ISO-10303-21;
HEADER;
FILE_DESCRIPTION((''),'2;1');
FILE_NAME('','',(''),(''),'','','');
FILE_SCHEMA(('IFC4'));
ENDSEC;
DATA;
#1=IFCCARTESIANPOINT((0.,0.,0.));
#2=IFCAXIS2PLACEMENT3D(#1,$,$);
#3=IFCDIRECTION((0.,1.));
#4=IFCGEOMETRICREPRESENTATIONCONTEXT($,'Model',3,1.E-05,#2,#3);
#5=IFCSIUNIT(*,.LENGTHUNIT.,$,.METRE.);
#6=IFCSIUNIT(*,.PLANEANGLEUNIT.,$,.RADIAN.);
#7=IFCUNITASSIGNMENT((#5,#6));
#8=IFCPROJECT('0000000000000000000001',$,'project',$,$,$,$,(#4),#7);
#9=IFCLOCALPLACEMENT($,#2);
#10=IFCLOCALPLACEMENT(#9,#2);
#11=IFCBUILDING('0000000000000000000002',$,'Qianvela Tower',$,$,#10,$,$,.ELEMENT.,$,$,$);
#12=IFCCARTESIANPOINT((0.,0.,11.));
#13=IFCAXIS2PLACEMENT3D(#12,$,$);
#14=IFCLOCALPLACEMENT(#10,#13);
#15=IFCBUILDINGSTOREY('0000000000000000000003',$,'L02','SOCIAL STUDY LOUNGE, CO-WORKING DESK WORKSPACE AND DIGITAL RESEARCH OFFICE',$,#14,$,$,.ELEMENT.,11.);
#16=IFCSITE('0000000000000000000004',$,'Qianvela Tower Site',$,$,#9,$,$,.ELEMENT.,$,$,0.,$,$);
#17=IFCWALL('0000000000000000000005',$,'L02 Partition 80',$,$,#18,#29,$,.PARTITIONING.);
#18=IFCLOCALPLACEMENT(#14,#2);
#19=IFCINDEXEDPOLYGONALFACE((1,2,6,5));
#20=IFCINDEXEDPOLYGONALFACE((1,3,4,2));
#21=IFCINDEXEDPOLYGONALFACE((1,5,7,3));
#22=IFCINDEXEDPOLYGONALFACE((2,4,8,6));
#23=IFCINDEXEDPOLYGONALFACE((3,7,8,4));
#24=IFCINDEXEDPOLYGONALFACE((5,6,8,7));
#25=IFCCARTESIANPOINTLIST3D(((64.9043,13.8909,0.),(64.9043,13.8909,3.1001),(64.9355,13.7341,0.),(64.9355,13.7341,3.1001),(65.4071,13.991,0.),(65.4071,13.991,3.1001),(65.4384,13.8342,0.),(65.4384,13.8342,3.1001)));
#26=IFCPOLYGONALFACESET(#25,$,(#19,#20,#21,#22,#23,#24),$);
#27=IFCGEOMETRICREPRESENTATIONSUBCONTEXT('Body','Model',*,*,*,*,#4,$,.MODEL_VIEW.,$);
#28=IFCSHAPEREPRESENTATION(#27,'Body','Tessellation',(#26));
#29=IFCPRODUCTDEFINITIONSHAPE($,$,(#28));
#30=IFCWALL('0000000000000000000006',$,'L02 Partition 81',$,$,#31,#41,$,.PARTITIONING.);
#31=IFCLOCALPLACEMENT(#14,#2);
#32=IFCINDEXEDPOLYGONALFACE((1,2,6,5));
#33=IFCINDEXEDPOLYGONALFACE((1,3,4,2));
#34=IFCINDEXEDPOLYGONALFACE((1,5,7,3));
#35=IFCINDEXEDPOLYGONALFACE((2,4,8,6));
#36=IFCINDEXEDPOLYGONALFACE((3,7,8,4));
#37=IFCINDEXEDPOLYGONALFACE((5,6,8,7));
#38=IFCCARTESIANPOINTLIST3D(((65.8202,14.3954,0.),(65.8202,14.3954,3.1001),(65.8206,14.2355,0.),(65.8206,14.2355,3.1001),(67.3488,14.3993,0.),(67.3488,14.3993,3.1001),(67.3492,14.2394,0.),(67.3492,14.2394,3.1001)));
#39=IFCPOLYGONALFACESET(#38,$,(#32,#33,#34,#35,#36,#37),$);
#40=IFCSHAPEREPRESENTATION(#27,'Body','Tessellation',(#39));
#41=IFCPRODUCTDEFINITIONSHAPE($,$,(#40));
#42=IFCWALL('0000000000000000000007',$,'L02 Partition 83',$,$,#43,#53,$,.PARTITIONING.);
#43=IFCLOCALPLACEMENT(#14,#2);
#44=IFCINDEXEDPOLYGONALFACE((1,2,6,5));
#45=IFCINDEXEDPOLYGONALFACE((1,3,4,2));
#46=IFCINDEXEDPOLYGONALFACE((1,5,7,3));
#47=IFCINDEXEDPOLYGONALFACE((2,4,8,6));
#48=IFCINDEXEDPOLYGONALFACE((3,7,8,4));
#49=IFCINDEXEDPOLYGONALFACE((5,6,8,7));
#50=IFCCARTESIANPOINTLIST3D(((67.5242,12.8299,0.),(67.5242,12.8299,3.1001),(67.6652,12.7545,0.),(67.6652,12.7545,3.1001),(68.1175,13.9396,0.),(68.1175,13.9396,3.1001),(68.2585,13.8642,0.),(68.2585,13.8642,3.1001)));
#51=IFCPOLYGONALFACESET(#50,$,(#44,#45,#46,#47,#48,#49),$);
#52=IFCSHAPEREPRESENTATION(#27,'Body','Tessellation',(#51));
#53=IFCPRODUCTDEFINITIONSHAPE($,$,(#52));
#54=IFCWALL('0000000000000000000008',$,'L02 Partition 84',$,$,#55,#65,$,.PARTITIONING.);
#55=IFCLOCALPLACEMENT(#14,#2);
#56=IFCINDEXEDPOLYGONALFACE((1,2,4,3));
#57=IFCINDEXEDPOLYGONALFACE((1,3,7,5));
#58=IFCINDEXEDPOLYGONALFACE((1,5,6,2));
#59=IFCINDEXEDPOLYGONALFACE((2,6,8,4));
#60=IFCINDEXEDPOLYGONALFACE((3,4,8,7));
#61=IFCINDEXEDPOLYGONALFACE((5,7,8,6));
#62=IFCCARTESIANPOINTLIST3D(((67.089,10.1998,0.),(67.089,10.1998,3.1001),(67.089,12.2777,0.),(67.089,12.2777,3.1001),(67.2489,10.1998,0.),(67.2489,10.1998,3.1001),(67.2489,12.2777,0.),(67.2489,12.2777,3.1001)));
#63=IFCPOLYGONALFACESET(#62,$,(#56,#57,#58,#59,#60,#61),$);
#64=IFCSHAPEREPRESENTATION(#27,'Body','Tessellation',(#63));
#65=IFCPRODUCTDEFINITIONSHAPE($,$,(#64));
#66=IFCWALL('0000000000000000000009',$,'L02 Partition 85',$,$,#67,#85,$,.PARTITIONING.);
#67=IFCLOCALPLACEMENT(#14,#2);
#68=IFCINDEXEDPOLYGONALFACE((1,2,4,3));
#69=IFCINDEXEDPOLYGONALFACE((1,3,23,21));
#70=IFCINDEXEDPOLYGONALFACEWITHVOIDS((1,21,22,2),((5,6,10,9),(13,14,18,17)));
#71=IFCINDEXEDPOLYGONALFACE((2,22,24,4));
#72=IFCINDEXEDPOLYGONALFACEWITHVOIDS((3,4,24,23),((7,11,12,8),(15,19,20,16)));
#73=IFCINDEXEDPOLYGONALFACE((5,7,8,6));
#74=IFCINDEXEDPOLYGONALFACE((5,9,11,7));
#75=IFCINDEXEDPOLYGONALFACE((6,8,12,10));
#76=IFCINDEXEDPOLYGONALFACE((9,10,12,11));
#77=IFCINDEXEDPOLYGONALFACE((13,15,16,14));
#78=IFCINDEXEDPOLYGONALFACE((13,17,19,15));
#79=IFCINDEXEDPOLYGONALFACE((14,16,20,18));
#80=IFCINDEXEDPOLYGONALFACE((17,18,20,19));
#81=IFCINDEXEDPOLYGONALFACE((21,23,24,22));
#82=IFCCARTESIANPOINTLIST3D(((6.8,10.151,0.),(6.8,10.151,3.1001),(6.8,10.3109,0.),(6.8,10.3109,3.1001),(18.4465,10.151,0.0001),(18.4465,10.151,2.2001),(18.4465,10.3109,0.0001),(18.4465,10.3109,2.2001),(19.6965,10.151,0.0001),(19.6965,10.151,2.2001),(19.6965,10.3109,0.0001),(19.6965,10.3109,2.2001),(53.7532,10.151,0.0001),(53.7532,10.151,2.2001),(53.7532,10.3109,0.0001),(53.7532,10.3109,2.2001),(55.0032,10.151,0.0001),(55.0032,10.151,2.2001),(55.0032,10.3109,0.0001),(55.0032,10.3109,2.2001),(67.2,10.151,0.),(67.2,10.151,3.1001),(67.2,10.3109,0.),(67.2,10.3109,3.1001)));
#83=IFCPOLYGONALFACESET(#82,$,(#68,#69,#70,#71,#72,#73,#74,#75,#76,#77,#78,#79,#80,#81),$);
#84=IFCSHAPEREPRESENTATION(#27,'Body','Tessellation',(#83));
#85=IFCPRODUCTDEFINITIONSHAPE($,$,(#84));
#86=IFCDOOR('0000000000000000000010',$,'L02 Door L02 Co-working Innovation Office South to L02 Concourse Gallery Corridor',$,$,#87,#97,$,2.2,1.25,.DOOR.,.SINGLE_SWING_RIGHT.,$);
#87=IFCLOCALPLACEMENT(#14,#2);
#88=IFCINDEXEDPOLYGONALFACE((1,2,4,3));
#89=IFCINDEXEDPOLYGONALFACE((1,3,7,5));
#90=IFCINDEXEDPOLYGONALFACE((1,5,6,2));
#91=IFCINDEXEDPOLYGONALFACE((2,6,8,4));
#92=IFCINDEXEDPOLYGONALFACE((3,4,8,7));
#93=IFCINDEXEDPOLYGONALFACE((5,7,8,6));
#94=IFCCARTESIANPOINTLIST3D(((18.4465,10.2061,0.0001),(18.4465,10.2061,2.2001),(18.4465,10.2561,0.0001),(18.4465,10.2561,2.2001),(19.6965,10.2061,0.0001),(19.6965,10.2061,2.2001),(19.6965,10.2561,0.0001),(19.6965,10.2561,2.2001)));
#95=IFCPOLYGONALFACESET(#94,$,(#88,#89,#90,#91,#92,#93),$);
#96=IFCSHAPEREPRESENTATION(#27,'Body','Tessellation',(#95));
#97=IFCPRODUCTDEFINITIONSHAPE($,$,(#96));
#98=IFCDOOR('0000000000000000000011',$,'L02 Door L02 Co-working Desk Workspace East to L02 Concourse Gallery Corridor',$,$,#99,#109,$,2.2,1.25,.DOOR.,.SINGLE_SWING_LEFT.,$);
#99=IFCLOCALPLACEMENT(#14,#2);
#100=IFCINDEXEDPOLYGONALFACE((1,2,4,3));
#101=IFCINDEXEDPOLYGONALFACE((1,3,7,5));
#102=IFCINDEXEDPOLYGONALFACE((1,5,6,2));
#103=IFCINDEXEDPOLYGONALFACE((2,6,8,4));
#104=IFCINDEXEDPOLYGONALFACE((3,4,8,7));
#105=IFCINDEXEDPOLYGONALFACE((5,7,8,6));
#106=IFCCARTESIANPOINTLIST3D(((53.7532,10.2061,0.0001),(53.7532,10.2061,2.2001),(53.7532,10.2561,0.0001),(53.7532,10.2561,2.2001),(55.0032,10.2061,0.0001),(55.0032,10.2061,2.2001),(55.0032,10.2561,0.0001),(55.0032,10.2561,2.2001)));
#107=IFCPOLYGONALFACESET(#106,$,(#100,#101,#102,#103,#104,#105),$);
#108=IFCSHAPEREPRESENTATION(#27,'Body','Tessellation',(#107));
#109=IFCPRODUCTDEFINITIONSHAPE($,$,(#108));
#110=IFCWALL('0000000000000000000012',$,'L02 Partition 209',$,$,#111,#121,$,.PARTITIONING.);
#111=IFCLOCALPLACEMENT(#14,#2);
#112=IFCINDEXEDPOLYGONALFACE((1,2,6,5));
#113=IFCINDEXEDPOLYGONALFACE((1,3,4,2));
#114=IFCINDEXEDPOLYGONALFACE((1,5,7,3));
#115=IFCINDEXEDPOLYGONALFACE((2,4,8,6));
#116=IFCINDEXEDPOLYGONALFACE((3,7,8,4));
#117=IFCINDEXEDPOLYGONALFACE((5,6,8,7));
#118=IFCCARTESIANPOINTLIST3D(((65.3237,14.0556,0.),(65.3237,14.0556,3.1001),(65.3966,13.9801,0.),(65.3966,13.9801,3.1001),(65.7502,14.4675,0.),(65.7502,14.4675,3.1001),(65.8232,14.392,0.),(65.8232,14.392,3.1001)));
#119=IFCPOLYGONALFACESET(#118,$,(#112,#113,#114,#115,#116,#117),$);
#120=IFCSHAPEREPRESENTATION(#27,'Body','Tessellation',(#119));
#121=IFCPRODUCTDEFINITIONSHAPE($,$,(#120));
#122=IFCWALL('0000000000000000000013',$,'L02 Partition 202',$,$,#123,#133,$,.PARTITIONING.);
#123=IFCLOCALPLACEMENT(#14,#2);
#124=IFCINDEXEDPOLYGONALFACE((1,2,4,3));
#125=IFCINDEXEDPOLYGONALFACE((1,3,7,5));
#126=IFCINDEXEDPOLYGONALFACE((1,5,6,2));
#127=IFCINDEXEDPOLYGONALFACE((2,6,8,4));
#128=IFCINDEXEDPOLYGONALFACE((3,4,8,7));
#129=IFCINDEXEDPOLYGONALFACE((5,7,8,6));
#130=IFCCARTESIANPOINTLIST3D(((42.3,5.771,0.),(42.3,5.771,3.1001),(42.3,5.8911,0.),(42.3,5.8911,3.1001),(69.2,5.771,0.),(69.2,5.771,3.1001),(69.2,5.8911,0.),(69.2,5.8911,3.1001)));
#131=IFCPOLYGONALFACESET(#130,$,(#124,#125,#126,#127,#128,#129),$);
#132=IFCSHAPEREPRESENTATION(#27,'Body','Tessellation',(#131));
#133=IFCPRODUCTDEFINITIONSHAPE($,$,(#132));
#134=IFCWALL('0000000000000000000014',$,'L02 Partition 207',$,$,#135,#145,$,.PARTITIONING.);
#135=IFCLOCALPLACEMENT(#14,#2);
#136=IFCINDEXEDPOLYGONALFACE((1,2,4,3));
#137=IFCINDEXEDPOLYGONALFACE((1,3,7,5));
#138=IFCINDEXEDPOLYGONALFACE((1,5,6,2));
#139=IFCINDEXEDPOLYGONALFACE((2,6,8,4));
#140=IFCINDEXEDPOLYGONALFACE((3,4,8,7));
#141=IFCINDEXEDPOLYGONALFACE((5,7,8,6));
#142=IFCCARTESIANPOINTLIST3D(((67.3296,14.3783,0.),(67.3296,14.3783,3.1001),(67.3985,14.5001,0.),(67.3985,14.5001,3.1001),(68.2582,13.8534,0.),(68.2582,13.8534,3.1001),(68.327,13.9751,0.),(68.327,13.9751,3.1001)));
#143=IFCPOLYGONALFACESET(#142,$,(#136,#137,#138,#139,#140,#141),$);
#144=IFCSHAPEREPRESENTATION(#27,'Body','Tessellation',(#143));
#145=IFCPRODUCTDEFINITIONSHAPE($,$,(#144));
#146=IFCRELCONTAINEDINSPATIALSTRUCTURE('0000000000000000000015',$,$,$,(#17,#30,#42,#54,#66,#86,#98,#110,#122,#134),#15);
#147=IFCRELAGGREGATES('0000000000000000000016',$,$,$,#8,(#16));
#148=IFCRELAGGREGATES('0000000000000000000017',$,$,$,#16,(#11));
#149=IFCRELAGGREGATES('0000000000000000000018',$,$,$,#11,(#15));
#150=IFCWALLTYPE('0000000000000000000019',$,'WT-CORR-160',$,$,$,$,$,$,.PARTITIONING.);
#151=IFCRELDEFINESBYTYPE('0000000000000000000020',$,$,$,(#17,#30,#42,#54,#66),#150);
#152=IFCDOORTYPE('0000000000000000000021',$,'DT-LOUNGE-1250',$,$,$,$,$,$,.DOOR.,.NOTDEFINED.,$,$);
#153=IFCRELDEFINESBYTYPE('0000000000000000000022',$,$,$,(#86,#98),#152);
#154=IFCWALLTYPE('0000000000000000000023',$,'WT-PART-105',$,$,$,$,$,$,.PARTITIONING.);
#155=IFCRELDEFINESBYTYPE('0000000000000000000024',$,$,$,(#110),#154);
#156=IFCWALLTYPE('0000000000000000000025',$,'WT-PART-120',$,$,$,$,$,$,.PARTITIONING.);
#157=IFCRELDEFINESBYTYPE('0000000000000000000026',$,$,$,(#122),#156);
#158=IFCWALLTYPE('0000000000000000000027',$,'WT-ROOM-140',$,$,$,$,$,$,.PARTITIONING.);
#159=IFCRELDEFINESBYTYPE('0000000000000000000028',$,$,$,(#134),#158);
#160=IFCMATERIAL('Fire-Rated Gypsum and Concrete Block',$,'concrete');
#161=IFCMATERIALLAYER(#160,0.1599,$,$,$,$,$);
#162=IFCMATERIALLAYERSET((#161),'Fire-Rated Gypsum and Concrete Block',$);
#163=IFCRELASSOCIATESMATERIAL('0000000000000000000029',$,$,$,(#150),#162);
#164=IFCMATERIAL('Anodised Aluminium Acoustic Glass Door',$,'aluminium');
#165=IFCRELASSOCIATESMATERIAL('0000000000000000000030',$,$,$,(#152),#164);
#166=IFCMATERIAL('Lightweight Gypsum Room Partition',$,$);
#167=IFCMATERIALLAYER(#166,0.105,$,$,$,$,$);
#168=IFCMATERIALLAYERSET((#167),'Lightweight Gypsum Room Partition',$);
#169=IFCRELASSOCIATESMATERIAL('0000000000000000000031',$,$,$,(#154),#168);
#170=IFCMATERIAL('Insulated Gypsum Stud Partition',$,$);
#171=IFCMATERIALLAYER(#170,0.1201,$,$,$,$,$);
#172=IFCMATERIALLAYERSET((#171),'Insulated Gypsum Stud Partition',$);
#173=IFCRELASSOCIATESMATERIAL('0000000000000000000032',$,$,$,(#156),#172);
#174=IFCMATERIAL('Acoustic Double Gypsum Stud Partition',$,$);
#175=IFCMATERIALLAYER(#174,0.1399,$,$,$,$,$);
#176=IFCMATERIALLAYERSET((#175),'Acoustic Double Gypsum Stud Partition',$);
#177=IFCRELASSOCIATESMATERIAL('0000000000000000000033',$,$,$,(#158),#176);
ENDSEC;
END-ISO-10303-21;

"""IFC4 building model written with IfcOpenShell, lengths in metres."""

from ifc_helpers import new_model, si_unit, direction, frame, frame_2d, origin, place, context, subcontext, project, spatial, rectangle, extrude, material, layer, layer_set, type_object, element, fill, save


model = new_model("IFC4")

# Units and contexts
model_context = context("Model", 3, precision=1e-05, world=origin(), true_north=direction((0.0, 1.0)))
body_context = subcontext(model_context, "Body", "Model", "MODEL_VIEW")
ifc_project = project(units=[si_unit("LENGTHUNIT", "METRE"), si_unit("PLANEANGLEUNIT", "RADIAN")], contexts=[model_context])

# Site, building, storey
site_placement = place(None, origin())
site = spatial("IfcSite", under=ifc_project, at=site_placement, Name="Qianvela Tower Site", CompositionType="ELEMENT", RefElevation=0.0)
building_placement = place(site_placement, origin())
building = spatial("IfcBuilding", under=site, at=building_placement, Name="Qianvela Tower", CompositionType="ELEMENT")
storey_placement = place(building_placement, frame((0.0, 0.0, 11.0)))
storey = spatial("IfcBuildingStorey", under=building, at=storey_placement, Name="L02", Description="SOCIAL STUDY LOUNGE, CO-WORKING DESK WORKSPACE AND DIGITAL RESEARCH OFFICE", CompositionType="ELEMENT", Elevation=11.0)

# Walls
ifc_material_1 = material(Name="Fire-Rated Gypsum and Concrete Block", Category="concrete")
ifc_layer_1 = layer(ifc_material_1, 0.1599)
ifc_layer_set_1 = layer_set([ifc_layer_1], Name="Fire-Rated Gypsum and Concrete Block")
wall_type_1 = type_object("IfcWallType", Name="WT-CORR-160", PredefinedType="PARTITIONING", material=ifc_layer_set_1)
wall_1_placement = place(storey_placement, frame((64.9199, 13.8125, 0.0), z_axis=(0.0, 0.0, 1.0), x_axis=(0.980763, 0.1952, 0.0)))
element("IfcWall", 1, at=wall_1_placement, inside=storey, type_object=wall_type_1, Name="L02 Partition 80", PredefinedType="PARTITIONING", context=body_context, shape_type="SweptSolid", body=[
    extrude(rectangle(XDim=0.5127, YDim=0.1599, at=frame_2d((0.2563, 0.0))), origin(), (0.0, 0.0, 1.0), 3.1001),
])
wall_2_placement = place(storey_placement, frame((65.8206, 14.3154, 0.0), z_axis=(0.0, 0.0, 1.0), x_axis=(0.999997, 0.002555, 0.0)))
element("IfcWall", 2, at=wall_2_placement, inside=storey, type_object=wall_type_1, Name="L02 Partition 81", PredefinedType="PARTITIONING", context=body_context, shape_type="SweptSolid", body=[
    extrude(rectangle(XDim=1.5286, YDim=0.1599, at=frame_2d((0.7642, 0.0))), origin(), (0.0, 0.0, 1.0), 3.1001),
])
wall_3_placement = place(storey_placement, frame((68.188, 13.9019, 0.0), z_axis=(0.0, 0.0, 1.0), x_axis=(-0.471494, -0.881869, 0.0)))
element("IfcWall", 3, at=wall_3_placement, inside=storey, type_object=wall_type_1, Name="L02 Partition 83", PredefinedType="PARTITIONING", context=body_context, shape_type="SweptSolid", body=[
    extrude(rectangle(XDim=1.2583, YDim=0.1599, at=frame_2d((0.6292, 0.0))), origin(), (0.0, 0.0, 1.0), 3.1001),
])
wall_4_placement = place(storey_placement, frame((67.1689, 12.2778, 0.0), z_axis=(0.0, 0.0, 1.0), x_axis=(0.0, -1.0, 0.0)))
element("IfcWall", 4, at=wall_4_placement, inside=storey, type_object=wall_type_1, Name="L02 Partition 84", PredefinedType="PARTITIONING", context=body_context, shape_type="SweptSolid", body=[
    extrude(rectangle(XDim=2.0779, YDim=0.1599, at=frame_2d((1.0391, 0.0))), origin(), (0.0, 0.0, 1.0), 3.1001),
])

# Wall, openings, doors
wall_5_placement = place(storey_placement, frame((67.2, 10.231, 0.0), z_axis=(0.0, 0.0, 1.0), x_axis=(-1.0, 0.0, 0.0)))
wall_5 = element("IfcWall", 5, at=wall_5_placement, inside=storey, type_object=wall_type_1, Name="L02 Partition 85", PredefinedType="PARTITIONING", context=body_context, shape_type="SweptSolid", body=[
    extrude(rectangle(XDim=60.3999, YDim=0.1599, at=frame_2d((30.2, 0.0))), origin(), (0.0, 0.0, 1.0), 3.1001),
])
opening_1_placement = place(wall_5_placement, frame((47.5034, 0.0, 0.0)))
opening_1 = element("IfcOpeningElement", 6, at=opening_1_placement, cuts=wall_5, PredefinedType="OPENING", context=body_context, shape_type="SweptSolid", body=[
    extrude(rectangle(XDim=1.25, YDim=2.2, at=frame_2d((0.625, 1.1001))), frame((0.0, 0.0898, 0.0), z_axis=(0.0, -1.0, 0.0), x_axis=(1.0, 0.0, 0.0)), (0.0, 0.0, 1.0), 0.1799),
])
opening_2_placement = place(wall_5_placement, frame((12.1968, 0.0, 0.0)))
opening_2 = element("IfcOpeningElement", 7, at=opening_2_placement, cuts=wall_5, PredefinedType="OPENING", context=body_context, shape_type="SweptSolid", body=[
    extrude(rectangle(XDim=1.25, YDim=2.2, at=frame_2d((0.625, 1.1001))), frame((0.0, 0.0898, 0.0), z_axis=(0.0, -1.0, 0.0), x_axis=(1.0, 0.0, 0.0)), (0.0, 0.0, 1.0), 0.1799),
])
ifc_material_2 = material(Name="Anodised Aluminium Acoustic Glass Door", Category="aluminium")
door_type = type_object("IfcDoorType", Name="DT-LOUNGE-1250", OperationType="NOTDEFINED", PredefinedType="DOOR", material=ifc_material_2)
door_1_placement = place(opening_1_placement, origin())
door_1 = element("IfcDoor", 8, at=door_1_placement, inside=storey, type_object=door_type, Name="L02 Door L02 Co-working Innovation Office South to L02 Concourse Gallery Corridor", OperationType="SINGLE_SWING_RIGHT", OverallHeight=2.2, OverallWidth=1.25, PredefinedType="DOOR", context=body_context, shape_type="SweptSolid", body=[
    extrude(rectangle(XDim=1.25, YDim=2.2, at=frame_2d((0.625, 1.1001))), frame((0.0, 0.0249, 0.0), z_axis=(0.0, -1.0, 0.0), x_axis=(1.0, 0.0, 0.0)), (0.0, 0.0, 1.0), 0.05),
])
fill(opening_1, door_1)
door_2_placement = place(opening_2_placement, origin())
door_2 = element("IfcDoor", 9, at=door_2_placement, inside=storey, type_object=door_type, Name="L02 Door L02 Co-working Desk Workspace East to L02 Concourse Gallery Corridor", OperationType="SINGLE_SWING_LEFT", OverallHeight=2.2, OverallWidth=1.25, PredefinedType="DOOR", context=body_context, shape_type="SweptSolid", body=[
    extrude(rectangle(XDim=1.25, YDim=2.2, at=frame_2d((0.625, 1.1001))), frame((0.0, 0.0249, 0.0), z_axis=(0.0, -1.0, 0.0), x_axis=(1.0, 0.0, 0.0)), (0.0, 0.0, 1.0), 0.05),
])
fill(opening_2, door_2)

# Walls
ifc_material_3 = material(Name="Lightweight Gypsum Room Partition")
ifc_layer_2 = layer(ifc_material_3, 0.105)
ifc_layer_set_2 = layer_set([ifc_layer_2], Name="Lightweight Gypsum Room Partition")
wall_type_2 = type_object("IfcWallType", Name="WT-PART-105", PredefinedType="PARTITIONING", material=ifc_layer_set_2)
wall_6_placement = place(storey_placement, frame((65.7866, 14.4297, 0.0), z_axis=(0.0, 0.0, 1.0), x_axis=(-0.719352, -0.694646, 0.0)))
element("IfcWall", 10, at=wall_6_placement, inside=storey, type_object=wall_type_2, Name="L02 Partition 209", PredefinedType="PARTITIONING", context=body_context, shape_type="SweptSolid", body=[
    extrude(rectangle(XDim=0.593, YDim=0.105, at=frame_2d((0.2964, 0.0))), origin(), (0.0, 0.0, 1.0), 3.1001),
])
ifc_material_4 = material(Name="Insulated Gypsum Stud Partition")
ifc_layer_3 = layer(ifc_material_4, 0.1201)
ifc_layer_set_3 = layer_set([ifc_layer_3], Name="Insulated Gypsum Stud Partition")
wall_type_3 = type_object("IfcWallType", Name="WT-PART-120", PredefinedType="PARTITIONING", material=ifc_layer_set_3)
wall_7_placement = place(storey_placement, frame((69.2, 5.8311, 0.0), z_axis=(0.0, 0.0, 1.0), x_axis=(-1.0, 0.0, 0.0)))
element("IfcWall", 11, at=wall_7_placement, inside=storey, type_object=wall_type_3, Name="L02 Partition 202", PredefinedType="PARTITIONING", context=body_context, shape_type="SweptSolid", body=[
    extrude(rectangle(XDim=26.8999, YDim=0.1201, at=frame_2d((13.45, 0.0))), origin(), (0.0, 0.0, 1.0), 3.1001),
])
ifc_material_5 = material(Name="Acoustic Double Gypsum Stud Partition")
ifc_layer_4 = layer(ifc_material_5, 0.1399)
ifc_layer_set_4 = layer_set([ifc_layer_4], Name="Acoustic Double Gypsum Stud Partition")
wall_type_4 = type_object("IfcWallType", Name="WT-ROOM-140", PredefinedType="PARTITIONING", material=ifc_layer_set_4)
wall_8_placement = place(storey_placement, frame((68.2925, 13.9143, 0.0), z_axis=(0.0, 0.0, 1.0), x_axis=(-0.870516, 0.49214, 0.0)))
element("IfcWall", 12, at=wall_8_placement, inside=storey, type_object=wall_type_4, Name="L02 Partition 207", PredefinedType="PARTITIONING", context=body_context, shape_type="SweptSolid", body=[
    extrude(rectangle(XDim=1.0667, YDim=0.1399, at=frame_2d((0.5332, 0.0))), origin(), (0.0, 0.0, 1.0), 3.1001),
])

save(model, "model.ifc")
